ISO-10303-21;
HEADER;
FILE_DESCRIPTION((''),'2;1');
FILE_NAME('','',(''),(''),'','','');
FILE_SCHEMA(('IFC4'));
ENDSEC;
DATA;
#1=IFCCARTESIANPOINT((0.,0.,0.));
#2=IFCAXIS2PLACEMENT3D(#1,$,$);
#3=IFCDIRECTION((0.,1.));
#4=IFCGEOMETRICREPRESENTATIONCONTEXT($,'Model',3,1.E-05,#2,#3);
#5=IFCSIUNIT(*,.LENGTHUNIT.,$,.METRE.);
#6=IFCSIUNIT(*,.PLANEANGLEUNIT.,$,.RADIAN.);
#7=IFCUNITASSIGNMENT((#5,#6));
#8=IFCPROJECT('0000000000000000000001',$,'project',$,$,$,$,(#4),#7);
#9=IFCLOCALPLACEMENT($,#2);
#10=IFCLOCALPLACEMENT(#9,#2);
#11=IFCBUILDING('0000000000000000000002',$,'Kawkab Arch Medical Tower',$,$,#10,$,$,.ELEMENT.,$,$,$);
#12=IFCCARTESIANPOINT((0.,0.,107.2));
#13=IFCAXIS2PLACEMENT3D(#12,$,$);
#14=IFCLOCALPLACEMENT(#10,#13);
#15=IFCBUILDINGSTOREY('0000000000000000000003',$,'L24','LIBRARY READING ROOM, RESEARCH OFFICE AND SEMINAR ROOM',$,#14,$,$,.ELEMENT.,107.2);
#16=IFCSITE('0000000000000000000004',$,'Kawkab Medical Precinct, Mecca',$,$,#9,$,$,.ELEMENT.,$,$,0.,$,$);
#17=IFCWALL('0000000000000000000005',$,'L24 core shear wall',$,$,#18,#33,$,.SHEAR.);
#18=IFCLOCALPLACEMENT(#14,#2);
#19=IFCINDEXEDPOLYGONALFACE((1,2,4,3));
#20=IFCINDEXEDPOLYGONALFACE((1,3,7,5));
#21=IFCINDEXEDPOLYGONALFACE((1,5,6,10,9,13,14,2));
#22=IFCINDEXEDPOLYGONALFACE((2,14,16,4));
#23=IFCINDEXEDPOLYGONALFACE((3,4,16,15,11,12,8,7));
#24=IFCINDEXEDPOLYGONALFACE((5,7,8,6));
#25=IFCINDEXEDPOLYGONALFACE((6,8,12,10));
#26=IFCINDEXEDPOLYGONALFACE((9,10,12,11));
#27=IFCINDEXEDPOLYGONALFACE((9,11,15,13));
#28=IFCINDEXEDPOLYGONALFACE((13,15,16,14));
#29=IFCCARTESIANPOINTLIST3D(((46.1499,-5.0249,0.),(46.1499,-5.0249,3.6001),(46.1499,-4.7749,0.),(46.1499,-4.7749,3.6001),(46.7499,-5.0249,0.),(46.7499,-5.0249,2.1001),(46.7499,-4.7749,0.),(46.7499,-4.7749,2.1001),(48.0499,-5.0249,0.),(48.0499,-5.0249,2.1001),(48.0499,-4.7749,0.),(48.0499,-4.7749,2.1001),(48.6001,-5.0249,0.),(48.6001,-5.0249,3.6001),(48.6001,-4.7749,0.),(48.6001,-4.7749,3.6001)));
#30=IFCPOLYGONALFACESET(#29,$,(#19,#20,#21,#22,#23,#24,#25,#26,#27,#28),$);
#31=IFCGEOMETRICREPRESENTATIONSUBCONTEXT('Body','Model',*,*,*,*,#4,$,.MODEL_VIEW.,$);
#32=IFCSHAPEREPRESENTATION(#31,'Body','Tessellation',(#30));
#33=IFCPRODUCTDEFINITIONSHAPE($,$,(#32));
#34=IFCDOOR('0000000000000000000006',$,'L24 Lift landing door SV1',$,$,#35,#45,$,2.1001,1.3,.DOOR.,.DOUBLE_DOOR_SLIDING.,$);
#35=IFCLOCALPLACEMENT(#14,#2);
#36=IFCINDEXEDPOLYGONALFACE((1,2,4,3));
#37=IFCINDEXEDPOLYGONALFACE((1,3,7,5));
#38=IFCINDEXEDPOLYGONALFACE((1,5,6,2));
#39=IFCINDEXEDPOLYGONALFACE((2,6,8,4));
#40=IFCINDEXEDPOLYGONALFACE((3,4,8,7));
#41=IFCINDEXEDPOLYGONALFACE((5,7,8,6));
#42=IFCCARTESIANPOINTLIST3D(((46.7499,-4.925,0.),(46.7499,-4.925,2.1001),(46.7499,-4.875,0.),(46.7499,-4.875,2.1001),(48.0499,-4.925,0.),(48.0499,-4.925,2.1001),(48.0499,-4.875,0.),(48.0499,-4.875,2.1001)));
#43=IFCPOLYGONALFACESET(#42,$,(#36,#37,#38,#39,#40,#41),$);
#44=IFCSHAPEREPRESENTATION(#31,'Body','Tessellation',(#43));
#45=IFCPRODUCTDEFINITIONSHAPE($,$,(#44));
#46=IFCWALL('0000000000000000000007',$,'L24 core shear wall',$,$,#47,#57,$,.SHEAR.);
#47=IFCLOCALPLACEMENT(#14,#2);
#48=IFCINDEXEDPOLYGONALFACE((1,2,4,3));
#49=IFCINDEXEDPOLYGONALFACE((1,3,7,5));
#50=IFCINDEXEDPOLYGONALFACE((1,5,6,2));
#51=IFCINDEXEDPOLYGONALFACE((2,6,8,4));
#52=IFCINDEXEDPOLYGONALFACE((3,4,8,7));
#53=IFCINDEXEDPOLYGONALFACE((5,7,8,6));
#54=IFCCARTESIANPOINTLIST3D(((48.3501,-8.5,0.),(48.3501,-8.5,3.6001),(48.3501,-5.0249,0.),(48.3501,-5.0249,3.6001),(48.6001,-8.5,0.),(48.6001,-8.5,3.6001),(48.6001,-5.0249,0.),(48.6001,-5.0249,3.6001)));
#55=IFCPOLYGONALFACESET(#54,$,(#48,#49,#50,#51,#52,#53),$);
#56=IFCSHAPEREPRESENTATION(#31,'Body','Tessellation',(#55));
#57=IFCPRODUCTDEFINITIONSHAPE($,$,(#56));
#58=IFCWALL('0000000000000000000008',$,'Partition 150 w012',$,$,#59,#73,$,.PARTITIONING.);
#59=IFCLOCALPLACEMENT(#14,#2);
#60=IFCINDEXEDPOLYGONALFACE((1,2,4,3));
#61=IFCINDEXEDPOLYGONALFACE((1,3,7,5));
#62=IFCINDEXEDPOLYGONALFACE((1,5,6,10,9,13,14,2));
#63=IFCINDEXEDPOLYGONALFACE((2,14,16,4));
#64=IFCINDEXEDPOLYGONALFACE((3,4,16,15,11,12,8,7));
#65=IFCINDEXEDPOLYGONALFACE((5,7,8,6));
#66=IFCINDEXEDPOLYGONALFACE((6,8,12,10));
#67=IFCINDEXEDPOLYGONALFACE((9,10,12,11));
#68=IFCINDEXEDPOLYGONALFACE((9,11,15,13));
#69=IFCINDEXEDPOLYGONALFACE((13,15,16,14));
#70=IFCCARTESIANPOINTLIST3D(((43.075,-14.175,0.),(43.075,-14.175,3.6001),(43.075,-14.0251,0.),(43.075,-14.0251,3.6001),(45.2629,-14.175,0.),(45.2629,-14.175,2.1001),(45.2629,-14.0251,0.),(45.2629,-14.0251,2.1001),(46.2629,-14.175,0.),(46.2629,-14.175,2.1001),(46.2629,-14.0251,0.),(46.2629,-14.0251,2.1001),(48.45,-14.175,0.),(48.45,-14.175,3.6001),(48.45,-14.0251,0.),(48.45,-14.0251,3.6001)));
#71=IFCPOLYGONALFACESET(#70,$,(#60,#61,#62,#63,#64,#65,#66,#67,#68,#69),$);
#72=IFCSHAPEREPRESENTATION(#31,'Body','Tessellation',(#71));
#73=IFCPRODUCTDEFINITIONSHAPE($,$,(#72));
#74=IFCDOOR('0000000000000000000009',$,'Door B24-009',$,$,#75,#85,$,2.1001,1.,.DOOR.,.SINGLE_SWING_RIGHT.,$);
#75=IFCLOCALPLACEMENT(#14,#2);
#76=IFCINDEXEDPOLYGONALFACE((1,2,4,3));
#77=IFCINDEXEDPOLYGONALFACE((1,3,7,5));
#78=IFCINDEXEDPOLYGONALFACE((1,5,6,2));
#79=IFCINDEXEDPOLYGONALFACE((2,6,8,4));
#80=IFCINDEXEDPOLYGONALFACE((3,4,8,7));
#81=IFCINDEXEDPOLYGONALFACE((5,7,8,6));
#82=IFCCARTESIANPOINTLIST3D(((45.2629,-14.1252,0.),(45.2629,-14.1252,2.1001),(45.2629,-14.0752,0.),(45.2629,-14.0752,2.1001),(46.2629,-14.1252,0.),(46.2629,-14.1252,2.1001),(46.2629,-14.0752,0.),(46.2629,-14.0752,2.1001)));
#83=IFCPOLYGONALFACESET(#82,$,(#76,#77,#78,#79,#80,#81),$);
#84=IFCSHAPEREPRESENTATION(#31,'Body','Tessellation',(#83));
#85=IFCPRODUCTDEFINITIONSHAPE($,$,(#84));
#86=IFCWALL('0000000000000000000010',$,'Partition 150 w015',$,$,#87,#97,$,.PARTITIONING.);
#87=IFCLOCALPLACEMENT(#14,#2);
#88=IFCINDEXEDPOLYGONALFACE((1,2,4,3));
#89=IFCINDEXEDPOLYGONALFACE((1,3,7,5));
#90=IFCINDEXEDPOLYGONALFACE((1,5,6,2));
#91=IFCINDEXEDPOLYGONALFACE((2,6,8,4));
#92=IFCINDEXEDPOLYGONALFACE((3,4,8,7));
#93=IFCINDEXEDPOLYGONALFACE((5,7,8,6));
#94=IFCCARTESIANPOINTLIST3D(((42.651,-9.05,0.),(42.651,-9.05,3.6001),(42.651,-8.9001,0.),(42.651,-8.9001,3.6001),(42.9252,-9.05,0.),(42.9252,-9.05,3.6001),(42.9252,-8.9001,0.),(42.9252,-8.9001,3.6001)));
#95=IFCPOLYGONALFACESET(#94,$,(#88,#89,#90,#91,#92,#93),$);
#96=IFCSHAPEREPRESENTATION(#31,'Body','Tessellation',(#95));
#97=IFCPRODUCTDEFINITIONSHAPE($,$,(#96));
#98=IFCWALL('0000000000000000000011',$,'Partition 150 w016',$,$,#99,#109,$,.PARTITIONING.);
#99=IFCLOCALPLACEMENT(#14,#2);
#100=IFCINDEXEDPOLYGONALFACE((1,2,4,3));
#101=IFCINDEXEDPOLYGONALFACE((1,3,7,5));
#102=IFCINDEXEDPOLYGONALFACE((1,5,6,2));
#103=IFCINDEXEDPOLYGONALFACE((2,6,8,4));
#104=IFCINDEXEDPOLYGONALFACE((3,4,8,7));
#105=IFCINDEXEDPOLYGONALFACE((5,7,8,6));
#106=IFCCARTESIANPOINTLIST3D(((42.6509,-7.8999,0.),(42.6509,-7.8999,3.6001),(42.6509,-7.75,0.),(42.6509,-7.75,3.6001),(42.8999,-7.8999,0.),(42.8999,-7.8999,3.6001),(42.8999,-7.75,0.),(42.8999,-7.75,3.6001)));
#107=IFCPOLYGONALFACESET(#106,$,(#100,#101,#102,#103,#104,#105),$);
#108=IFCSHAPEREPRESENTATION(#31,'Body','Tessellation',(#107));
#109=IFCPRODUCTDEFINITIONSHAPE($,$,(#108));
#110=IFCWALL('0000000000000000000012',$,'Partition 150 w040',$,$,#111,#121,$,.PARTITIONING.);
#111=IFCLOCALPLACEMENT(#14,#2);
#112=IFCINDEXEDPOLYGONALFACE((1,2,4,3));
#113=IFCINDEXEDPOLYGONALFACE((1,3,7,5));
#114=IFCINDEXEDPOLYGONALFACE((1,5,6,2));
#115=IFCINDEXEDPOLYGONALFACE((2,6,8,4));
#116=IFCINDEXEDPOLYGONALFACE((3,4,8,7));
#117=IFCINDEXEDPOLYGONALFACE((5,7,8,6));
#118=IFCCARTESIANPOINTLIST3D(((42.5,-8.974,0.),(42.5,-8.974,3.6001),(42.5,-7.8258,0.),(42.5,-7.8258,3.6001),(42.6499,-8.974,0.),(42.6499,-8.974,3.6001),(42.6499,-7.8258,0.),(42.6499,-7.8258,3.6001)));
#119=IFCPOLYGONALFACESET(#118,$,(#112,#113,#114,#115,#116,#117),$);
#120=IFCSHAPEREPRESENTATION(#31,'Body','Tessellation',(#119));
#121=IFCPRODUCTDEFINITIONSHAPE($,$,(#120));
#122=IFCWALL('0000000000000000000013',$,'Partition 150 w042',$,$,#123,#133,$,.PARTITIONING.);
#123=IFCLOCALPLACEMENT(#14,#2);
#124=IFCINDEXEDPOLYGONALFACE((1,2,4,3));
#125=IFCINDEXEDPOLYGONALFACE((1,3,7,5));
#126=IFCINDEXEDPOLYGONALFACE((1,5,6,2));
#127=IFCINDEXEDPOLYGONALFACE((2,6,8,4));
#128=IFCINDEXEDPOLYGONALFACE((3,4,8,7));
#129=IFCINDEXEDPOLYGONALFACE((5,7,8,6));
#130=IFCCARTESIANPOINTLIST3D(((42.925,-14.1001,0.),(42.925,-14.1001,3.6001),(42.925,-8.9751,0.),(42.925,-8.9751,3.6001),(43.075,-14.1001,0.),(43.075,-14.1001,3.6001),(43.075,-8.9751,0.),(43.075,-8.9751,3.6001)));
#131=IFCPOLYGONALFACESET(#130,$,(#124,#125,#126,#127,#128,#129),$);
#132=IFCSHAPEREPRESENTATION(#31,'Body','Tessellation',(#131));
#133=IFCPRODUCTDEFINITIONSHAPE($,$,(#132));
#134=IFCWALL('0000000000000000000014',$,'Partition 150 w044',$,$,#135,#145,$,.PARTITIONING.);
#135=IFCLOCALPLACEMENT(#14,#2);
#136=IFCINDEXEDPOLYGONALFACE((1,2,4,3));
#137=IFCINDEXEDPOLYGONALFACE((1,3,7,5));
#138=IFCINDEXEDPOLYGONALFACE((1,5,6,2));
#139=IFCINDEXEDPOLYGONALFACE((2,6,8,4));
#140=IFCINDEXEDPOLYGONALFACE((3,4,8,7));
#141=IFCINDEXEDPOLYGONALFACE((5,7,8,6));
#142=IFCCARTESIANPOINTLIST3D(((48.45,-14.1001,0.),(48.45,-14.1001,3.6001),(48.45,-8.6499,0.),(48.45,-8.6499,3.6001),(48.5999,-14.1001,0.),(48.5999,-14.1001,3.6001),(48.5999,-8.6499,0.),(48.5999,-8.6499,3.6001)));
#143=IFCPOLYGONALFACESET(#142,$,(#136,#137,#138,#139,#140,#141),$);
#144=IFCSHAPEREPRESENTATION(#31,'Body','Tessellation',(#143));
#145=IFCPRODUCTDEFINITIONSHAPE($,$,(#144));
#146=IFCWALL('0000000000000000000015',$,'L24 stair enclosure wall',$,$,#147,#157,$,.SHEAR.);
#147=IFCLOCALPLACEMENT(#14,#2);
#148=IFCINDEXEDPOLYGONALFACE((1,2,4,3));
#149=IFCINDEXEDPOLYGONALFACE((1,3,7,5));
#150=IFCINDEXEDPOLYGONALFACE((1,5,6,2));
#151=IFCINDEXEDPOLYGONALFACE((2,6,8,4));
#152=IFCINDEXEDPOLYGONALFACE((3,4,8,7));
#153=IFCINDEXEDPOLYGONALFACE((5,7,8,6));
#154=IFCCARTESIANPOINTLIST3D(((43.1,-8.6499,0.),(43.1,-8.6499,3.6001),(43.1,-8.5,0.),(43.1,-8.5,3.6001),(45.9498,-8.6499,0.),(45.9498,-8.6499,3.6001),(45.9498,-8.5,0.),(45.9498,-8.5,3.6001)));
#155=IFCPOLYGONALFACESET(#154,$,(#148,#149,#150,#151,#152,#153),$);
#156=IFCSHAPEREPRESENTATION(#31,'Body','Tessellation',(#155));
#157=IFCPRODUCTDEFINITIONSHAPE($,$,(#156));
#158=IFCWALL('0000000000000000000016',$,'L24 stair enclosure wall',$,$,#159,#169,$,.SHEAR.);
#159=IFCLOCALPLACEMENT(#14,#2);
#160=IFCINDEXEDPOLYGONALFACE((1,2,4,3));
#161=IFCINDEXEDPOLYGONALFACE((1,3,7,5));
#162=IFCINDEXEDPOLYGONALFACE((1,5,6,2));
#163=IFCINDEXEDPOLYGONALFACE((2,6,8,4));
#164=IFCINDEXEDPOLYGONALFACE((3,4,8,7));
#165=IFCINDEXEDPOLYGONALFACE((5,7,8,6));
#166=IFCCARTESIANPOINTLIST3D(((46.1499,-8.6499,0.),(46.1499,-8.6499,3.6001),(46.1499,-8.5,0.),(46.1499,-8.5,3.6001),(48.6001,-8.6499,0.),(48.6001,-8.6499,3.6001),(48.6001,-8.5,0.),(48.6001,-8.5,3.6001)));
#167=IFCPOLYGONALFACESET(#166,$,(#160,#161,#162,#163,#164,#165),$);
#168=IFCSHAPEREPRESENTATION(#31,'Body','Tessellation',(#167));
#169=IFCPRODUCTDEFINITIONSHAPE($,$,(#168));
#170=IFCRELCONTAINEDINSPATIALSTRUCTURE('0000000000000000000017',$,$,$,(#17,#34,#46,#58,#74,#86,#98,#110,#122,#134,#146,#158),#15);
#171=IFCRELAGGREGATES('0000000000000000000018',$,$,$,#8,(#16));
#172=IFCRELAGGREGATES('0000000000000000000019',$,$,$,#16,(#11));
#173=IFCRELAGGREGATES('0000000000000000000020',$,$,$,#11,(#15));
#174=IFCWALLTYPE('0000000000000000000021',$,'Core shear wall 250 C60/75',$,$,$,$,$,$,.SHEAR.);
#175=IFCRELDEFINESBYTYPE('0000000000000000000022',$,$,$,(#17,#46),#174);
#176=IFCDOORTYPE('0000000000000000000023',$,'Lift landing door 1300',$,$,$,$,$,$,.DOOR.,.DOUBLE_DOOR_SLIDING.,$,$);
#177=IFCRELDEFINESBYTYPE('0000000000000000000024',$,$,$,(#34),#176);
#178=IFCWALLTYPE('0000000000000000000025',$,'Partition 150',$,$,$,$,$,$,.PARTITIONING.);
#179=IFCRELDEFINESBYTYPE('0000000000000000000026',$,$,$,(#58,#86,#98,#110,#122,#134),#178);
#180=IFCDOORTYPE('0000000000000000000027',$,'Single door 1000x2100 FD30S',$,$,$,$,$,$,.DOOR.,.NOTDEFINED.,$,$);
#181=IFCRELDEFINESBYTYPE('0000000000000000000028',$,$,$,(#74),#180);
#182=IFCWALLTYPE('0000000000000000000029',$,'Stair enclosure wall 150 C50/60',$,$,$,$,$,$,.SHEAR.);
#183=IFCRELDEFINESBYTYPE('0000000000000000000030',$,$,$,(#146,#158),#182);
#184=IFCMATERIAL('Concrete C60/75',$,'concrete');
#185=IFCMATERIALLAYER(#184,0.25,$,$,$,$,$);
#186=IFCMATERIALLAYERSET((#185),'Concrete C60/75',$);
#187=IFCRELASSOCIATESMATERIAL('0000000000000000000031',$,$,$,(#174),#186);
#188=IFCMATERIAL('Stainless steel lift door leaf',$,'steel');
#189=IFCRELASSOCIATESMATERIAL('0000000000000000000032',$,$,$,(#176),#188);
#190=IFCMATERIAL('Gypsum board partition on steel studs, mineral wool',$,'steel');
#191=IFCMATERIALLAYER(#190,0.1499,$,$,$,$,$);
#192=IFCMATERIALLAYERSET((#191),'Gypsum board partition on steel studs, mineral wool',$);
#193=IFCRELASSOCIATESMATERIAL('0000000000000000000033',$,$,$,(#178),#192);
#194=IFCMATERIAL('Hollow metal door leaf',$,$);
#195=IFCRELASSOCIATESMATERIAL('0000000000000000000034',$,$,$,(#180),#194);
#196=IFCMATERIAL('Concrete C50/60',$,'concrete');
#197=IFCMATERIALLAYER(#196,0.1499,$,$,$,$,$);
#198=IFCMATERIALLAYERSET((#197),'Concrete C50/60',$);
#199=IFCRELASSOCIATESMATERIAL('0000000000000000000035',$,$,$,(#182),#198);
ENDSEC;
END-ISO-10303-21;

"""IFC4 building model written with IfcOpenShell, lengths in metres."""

from ifc_helpers import new_model, si_unit, direction, frame, frame_2d, origin, place, context, subcontext, project, spatial, rectangle, extrude, material, layer, layer_set, type_object, element, fill, save


model = new_model("IFC4")

# Units and contexts
model_context = context("Model", 3, precision=1e-05, world=origin(), true_north=direction((0.0, 1.0)))
body_context = subcontext(model_context, "Body", "Model", "MODEL_VIEW")
ifc_project = project(units=[si_unit("LENGTHUNIT", "METRE"), si_unit("PLANEANGLEUNIT", "RADIAN")], contexts=[model_context])

# Site, building, storey
site_placement = place(None, origin())
site = spatial("IfcSite", under=ifc_project, at=site_placement, Name="Kawkab Medical Precinct, Mecca", CompositionType="ELEMENT", RefElevation=0.0)
building_placement = place(site_placement, origin())
building = spatial("IfcBuilding", under=site, at=building_placement, Name="Kawkab Arch Medical Tower", CompositionType="ELEMENT")
storey_placement = place(building_placement, frame((0.0, 0.0, 107.2)))
storey = spatial("IfcBuildingStorey", under=building, at=storey_placement, Name="L24", Description="LIBRARY READING ROOM, RESEARCH OFFICE AND SEMINAR ROOM", CompositionType="ELEMENT", Elevation=107.2)

# Wall, opening, door
ifc_material_1 = material(Name="Concrete C60/75", Category="concrete")
ifc_layer_1 = layer(ifc_material_1, 0.25)
ifc_layer_set_1 = layer_set([ifc_layer_1], Name="Concrete C60/75")
wall_type_1 = type_object("IfcWallType", Name="Core shear wall 250 C60/75", PredefinedType="SHEAR", material=ifc_layer_set_1)
wall_1_placement = place(storey_placement, frame((46.1499, -4.8999, 0.0), z_axis=(0.0, 0.0, 1.0), x_axis=(1.0, 0.0, 0.0)))
wall_1 = element("IfcWall", 1, at=wall_1_placement, inside=storey, type_object=wall_type_1, Name="L24 core shear wall", PredefinedType="SHEAR", context=body_context, shape_type="SweptSolid", body=[
    extrude(rectangle(XDim=2.4502, YDim=0.25, at=frame_2d((1.2251, 0.0))), origin(), (0.0, 0.0, 1.0), 3.6001),
])
opening_1_placement = place(wall_1_placement, frame((0.6001, 0.0, 0.0)))
opening_1 = element("IfcOpeningElement", 2, at=opening_1_placement, cuts=wall_1, PredefinedType="OPENING", context=body_context, shape_type="SweptSolid", body=[
    extrude(rectangle(XDim=1.3, YDim=2.1001, at=frame_2d((0.6499, 1.05))), frame((0.0, 0.135, 0.0), z_axis=(0.0, -1.0, 0.0), x_axis=(1.0, 0.0, 0.0)), (0.0, 0.0, 1.0), 0.27),
])
ifc_material_2 = material(Name="Stainless steel lift door leaf", Category="steel")
door_type_1 = type_object("IfcDoorType", Name="Lift landing door 1300", OperationType="DOUBLE_DOOR_SLIDING", PredefinedType="DOOR", material=ifc_material_2)
door_1_placement = place(opening_1_placement, origin())
door_1 = element("IfcDoor", 3, at=door_1_placement, inside=storey, type_object=door_type_1, Name="L24 Lift landing door SV1", OperationType="DOUBLE_DOOR_SLIDING", OverallHeight=2.1001, OverallWidth=1.3, PredefinedType="DOOR", context=body_context, shape_type="SweptSolid", body=[
    extrude(rectangle(XDim=1.3, YDim=2.1001, at=frame_2d((0.6499, 1.05))), frame((0.0, 0.0249, 0.0), z_axis=(0.0, -1.0, 0.0), x_axis=(1.0, 0.0, 0.0)), (0.0, 0.0, 1.0), 0.05),
])
fill(opening_1, door_1)

# Wall
wall_2_placement = place(storey_placement, frame((48.4751, -8.5, 0.0), z_axis=(0.0, 0.0, 1.0), x_axis=(0.0, 1.0, 0.0)))
element("IfcWall", 4, at=wall_2_placement, inside=storey, type_object=wall_type_1, Name="L24 core shear wall", PredefinedType="SHEAR", context=body_context, shape_type="SweptSolid", body=[
    extrude(rectangle(XDim=3.4751, YDim=0.25, at=frame_2d((1.7375, 0.0))), origin(), (0.0, 0.0, 1.0), 3.6001),
])

# Wall, opening, door
ifc_material_3 = material(Name="Gypsum board partition on steel studs, mineral wool", Category="steel")
ifc_layer_2 = layer(ifc_material_3, 0.1499)
ifc_layer_set_2 = layer_set([ifc_layer_2], Name="Gypsum board partition on steel studs, mineral wool")
wall_type_2 = type_object("IfcWallType", Name="Partition 150", PredefinedType="PARTITIONING", material=ifc_layer_set_2)
wall_3_placement = place(storey_placement, frame((43.075, -14.1001, 0.0), z_axis=(0.0, 0.0, 1.0), x_axis=(1.0, 0.0, 0.0)))
wall_3 = element("IfcWall", 5, at=wall_3_placement, inside=storey, type_object=wall_type_2, Name="Partition 150 w012", PredefinedType="PARTITIONING", context=body_context, shape_type="SweptSolid", body=[
    extrude(rectangle(XDim=5.375, YDim=0.1499, at=frame_2d((2.6875, 0.0))), origin(), (0.0, 0.0, 1.0), 3.6001),
])
opening_2_placement = place(wall_3_placement, frame((2.188, 0.0, 0.0)))
opening_2 = element("IfcOpeningElement", 6, at=opening_2_placement, cuts=wall_3, PredefinedType="OPENING", context=body_context, shape_type="SweptSolid", body=[
    extrude(rectangle(XDim=1.0, YDim=2.1001, at=frame_2d((0.5, 1.05))), frame((0.0, 0.085, 0.0), z_axis=(0.0, -1.0, 0.0), x_axis=(1.0, 0.0, 0.0)), (0.0, 0.0, 1.0), 0.1699),
])
ifc_material_4 = material(Name="Hollow metal door leaf")
door_type_2 = type_object("IfcDoorType", Name="Single door 1000x2100 FD30S", OperationType="NOTDEFINED", PredefinedType="DOOR", material=ifc_material_4)
door_2_placement = place(opening_2_placement, origin())
door_2 = element("IfcDoor", 7, at=door_2_placement, inside=storey, type_object=door_type_2, Name="Door B24-009", OperationType="SINGLE_SWING_RIGHT", OverallHeight=2.1001, OverallWidth=1.0, PredefinedType="DOOR", context=body_context, shape_type="SweptSolid", body=[
    extrude(rectangle(XDim=1.0, YDim=2.1001, at=frame_2d((0.5, 1.05))), frame((0.0, 0.0249, 0.0), z_axis=(0.0, -1.0, 0.0), x_axis=(1.0, 0.0, 0.0)), (0.0, 0.0, 1.0), 0.05),
])
fill(opening_2, door_2)

# Walls
wall_4_placement = place(storey_placement, frame((42.6509, -8.9751, 0.0), z_axis=(0.0, 0.0, 1.0), x_axis=(1.0, 0.0, 0.0)))
element("IfcWall", 8, at=wall_4_placement, inside=storey, type_object=wall_type_2, Name="Partition 150 w015", PredefinedType="PARTITIONING", context=body_context, shape_type="SweptSolid", body=[
    extrude(rectangle(XDim=0.2742, YDim=0.1499, at=frame_2d((0.1372, 0.0))), origin(), (0.0, 0.0, 1.0), 3.6001),
])
wall_5_placement = place(storey_placement, frame((42.6509, -7.825, 0.0), z_axis=(0.0, 0.0, 1.0), x_axis=(1.0, 0.0, 0.0)))
element("IfcWall", 9, at=wall_5_placement, inside=storey, type_object=wall_type_2, Name="Partition 150 w016", PredefinedType="PARTITIONING", context=body_context, shape_type="SweptSolid", body=[
    extrude(rectangle(XDim=0.249, YDim=0.1499, at=frame_2d((0.1245, 0.0))), origin(), (0.0, 0.0, 1.0), 3.6001),
])
wall_6_placement = place(storey_placement, frame((42.575, -8.9741, 0.0), z_axis=(0.0, 0.0, 1.0), x_axis=(0.0, 1.0, 0.0)))
element("IfcWall", 10, at=wall_6_placement, inside=storey, type_object=wall_type_2, Name="Partition 150 w040", PredefinedType="PARTITIONING", context=body_context, shape_type="SweptSolid", body=[
    extrude(rectangle(XDim=1.1482, YDim=0.1499, at=frame_2d((0.5742, 0.0))), origin(), (0.0, 0.0, 1.0), 3.6001),
])
wall_7_placement = place(storey_placement, frame((43.0, -14.1001, 0.0), z_axis=(0.0, 0.0, 1.0), x_axis=(0.0, 1.0, 0.0)))
element("IfcWall", 11, at=wall_7_placement, inside=storey, type_object=wall_type_2, Name="Partition 150 w042", PredefinedType="PARTITIONING", context=body_context, shape_type="SweptSolid", body=[
    extrude(rectangle(XDim=5.125, YDim=0.1499, at=frame_2d((2.5625, 0.0))), origin(), (0.0, 0.0, 1.0), 3.6001),
])
wall_8_placement = place(storey_placement, frame((48.5249, -14.1001, 0.0), z_axis=(0.0, 0.0, 1.0), x_axis=(0.0, 1.0, 0.0)))
element("IfcWall", 12, at=wall_8_placement, inside=storey, type_object=wall_type_2, Name="Partition 150 w044", PredefinedType="PARTITIONING", context=body_context, shape_type="SweptSolid", body=[
    extrude(rectangle(XDim=5.4502, YDim=0.1499, at=frame_2d((2.7251, 0.0))), origin(), (0.0, 0.0, 1.0), 3.6001),
])
ifc_material_5 = material(Name="Concrete C50/60", Category="concrete")
ifc_layer_3 = layer(ifc_material_5, 0.1499)
ifc_layer_set_3 = layer_set([ifc_layer_3], Name="Concrete C50/60")
wall_type_3 = type_object("IfcWallType", Name="Stair enclosure wall 150 C50/60", PredefinedType="SHEAR", material=ifc_layer_set_3)
wall_9_placement = place(storey_placement, frame((43.1001, -8.575, 0.0), z_axis=(0.0, 0.0, 1.0), x_axis=(1.0, 0.0, 0.0)))
element("IfcWall", 13, at=wall_9_placement, inside=storey, type_object=wall_type_3, Name="L24 stair enclosure wall", PredefinedType="SHEAR", context=body_context, shape_type="SweptSolid", body=[
    extrude(rectangle(XDim=2.8499, YDim=0.1499, at=frame_2d((1.4248, 0.0))), origin(), (0.0, 0.0, 1.0), 3.6001),
])
wall_10_placement = place(storey_placement, frame((46.1499, -8.575, 0.0), z_axis=(0.0, 0.0, 1.0), x_axis=(1.0, 0.0, 0.0)))
element("IfcWall", 14, at=wall_10_placement, inside=storey, type_object=wall_type_3, Name="L24 stair enclosure wall", PredefinedType="SHEAR", context=body_context, shape_type="SweptSolid", body=[
    extrude(rectangle(XDim=2.4502, YDim=0.1499, at=frame_2d((1.2251, 0.0))), origin(), (0.0, 0.0, 1.0), 3.6001),
])

save(model, "model.ifc")
